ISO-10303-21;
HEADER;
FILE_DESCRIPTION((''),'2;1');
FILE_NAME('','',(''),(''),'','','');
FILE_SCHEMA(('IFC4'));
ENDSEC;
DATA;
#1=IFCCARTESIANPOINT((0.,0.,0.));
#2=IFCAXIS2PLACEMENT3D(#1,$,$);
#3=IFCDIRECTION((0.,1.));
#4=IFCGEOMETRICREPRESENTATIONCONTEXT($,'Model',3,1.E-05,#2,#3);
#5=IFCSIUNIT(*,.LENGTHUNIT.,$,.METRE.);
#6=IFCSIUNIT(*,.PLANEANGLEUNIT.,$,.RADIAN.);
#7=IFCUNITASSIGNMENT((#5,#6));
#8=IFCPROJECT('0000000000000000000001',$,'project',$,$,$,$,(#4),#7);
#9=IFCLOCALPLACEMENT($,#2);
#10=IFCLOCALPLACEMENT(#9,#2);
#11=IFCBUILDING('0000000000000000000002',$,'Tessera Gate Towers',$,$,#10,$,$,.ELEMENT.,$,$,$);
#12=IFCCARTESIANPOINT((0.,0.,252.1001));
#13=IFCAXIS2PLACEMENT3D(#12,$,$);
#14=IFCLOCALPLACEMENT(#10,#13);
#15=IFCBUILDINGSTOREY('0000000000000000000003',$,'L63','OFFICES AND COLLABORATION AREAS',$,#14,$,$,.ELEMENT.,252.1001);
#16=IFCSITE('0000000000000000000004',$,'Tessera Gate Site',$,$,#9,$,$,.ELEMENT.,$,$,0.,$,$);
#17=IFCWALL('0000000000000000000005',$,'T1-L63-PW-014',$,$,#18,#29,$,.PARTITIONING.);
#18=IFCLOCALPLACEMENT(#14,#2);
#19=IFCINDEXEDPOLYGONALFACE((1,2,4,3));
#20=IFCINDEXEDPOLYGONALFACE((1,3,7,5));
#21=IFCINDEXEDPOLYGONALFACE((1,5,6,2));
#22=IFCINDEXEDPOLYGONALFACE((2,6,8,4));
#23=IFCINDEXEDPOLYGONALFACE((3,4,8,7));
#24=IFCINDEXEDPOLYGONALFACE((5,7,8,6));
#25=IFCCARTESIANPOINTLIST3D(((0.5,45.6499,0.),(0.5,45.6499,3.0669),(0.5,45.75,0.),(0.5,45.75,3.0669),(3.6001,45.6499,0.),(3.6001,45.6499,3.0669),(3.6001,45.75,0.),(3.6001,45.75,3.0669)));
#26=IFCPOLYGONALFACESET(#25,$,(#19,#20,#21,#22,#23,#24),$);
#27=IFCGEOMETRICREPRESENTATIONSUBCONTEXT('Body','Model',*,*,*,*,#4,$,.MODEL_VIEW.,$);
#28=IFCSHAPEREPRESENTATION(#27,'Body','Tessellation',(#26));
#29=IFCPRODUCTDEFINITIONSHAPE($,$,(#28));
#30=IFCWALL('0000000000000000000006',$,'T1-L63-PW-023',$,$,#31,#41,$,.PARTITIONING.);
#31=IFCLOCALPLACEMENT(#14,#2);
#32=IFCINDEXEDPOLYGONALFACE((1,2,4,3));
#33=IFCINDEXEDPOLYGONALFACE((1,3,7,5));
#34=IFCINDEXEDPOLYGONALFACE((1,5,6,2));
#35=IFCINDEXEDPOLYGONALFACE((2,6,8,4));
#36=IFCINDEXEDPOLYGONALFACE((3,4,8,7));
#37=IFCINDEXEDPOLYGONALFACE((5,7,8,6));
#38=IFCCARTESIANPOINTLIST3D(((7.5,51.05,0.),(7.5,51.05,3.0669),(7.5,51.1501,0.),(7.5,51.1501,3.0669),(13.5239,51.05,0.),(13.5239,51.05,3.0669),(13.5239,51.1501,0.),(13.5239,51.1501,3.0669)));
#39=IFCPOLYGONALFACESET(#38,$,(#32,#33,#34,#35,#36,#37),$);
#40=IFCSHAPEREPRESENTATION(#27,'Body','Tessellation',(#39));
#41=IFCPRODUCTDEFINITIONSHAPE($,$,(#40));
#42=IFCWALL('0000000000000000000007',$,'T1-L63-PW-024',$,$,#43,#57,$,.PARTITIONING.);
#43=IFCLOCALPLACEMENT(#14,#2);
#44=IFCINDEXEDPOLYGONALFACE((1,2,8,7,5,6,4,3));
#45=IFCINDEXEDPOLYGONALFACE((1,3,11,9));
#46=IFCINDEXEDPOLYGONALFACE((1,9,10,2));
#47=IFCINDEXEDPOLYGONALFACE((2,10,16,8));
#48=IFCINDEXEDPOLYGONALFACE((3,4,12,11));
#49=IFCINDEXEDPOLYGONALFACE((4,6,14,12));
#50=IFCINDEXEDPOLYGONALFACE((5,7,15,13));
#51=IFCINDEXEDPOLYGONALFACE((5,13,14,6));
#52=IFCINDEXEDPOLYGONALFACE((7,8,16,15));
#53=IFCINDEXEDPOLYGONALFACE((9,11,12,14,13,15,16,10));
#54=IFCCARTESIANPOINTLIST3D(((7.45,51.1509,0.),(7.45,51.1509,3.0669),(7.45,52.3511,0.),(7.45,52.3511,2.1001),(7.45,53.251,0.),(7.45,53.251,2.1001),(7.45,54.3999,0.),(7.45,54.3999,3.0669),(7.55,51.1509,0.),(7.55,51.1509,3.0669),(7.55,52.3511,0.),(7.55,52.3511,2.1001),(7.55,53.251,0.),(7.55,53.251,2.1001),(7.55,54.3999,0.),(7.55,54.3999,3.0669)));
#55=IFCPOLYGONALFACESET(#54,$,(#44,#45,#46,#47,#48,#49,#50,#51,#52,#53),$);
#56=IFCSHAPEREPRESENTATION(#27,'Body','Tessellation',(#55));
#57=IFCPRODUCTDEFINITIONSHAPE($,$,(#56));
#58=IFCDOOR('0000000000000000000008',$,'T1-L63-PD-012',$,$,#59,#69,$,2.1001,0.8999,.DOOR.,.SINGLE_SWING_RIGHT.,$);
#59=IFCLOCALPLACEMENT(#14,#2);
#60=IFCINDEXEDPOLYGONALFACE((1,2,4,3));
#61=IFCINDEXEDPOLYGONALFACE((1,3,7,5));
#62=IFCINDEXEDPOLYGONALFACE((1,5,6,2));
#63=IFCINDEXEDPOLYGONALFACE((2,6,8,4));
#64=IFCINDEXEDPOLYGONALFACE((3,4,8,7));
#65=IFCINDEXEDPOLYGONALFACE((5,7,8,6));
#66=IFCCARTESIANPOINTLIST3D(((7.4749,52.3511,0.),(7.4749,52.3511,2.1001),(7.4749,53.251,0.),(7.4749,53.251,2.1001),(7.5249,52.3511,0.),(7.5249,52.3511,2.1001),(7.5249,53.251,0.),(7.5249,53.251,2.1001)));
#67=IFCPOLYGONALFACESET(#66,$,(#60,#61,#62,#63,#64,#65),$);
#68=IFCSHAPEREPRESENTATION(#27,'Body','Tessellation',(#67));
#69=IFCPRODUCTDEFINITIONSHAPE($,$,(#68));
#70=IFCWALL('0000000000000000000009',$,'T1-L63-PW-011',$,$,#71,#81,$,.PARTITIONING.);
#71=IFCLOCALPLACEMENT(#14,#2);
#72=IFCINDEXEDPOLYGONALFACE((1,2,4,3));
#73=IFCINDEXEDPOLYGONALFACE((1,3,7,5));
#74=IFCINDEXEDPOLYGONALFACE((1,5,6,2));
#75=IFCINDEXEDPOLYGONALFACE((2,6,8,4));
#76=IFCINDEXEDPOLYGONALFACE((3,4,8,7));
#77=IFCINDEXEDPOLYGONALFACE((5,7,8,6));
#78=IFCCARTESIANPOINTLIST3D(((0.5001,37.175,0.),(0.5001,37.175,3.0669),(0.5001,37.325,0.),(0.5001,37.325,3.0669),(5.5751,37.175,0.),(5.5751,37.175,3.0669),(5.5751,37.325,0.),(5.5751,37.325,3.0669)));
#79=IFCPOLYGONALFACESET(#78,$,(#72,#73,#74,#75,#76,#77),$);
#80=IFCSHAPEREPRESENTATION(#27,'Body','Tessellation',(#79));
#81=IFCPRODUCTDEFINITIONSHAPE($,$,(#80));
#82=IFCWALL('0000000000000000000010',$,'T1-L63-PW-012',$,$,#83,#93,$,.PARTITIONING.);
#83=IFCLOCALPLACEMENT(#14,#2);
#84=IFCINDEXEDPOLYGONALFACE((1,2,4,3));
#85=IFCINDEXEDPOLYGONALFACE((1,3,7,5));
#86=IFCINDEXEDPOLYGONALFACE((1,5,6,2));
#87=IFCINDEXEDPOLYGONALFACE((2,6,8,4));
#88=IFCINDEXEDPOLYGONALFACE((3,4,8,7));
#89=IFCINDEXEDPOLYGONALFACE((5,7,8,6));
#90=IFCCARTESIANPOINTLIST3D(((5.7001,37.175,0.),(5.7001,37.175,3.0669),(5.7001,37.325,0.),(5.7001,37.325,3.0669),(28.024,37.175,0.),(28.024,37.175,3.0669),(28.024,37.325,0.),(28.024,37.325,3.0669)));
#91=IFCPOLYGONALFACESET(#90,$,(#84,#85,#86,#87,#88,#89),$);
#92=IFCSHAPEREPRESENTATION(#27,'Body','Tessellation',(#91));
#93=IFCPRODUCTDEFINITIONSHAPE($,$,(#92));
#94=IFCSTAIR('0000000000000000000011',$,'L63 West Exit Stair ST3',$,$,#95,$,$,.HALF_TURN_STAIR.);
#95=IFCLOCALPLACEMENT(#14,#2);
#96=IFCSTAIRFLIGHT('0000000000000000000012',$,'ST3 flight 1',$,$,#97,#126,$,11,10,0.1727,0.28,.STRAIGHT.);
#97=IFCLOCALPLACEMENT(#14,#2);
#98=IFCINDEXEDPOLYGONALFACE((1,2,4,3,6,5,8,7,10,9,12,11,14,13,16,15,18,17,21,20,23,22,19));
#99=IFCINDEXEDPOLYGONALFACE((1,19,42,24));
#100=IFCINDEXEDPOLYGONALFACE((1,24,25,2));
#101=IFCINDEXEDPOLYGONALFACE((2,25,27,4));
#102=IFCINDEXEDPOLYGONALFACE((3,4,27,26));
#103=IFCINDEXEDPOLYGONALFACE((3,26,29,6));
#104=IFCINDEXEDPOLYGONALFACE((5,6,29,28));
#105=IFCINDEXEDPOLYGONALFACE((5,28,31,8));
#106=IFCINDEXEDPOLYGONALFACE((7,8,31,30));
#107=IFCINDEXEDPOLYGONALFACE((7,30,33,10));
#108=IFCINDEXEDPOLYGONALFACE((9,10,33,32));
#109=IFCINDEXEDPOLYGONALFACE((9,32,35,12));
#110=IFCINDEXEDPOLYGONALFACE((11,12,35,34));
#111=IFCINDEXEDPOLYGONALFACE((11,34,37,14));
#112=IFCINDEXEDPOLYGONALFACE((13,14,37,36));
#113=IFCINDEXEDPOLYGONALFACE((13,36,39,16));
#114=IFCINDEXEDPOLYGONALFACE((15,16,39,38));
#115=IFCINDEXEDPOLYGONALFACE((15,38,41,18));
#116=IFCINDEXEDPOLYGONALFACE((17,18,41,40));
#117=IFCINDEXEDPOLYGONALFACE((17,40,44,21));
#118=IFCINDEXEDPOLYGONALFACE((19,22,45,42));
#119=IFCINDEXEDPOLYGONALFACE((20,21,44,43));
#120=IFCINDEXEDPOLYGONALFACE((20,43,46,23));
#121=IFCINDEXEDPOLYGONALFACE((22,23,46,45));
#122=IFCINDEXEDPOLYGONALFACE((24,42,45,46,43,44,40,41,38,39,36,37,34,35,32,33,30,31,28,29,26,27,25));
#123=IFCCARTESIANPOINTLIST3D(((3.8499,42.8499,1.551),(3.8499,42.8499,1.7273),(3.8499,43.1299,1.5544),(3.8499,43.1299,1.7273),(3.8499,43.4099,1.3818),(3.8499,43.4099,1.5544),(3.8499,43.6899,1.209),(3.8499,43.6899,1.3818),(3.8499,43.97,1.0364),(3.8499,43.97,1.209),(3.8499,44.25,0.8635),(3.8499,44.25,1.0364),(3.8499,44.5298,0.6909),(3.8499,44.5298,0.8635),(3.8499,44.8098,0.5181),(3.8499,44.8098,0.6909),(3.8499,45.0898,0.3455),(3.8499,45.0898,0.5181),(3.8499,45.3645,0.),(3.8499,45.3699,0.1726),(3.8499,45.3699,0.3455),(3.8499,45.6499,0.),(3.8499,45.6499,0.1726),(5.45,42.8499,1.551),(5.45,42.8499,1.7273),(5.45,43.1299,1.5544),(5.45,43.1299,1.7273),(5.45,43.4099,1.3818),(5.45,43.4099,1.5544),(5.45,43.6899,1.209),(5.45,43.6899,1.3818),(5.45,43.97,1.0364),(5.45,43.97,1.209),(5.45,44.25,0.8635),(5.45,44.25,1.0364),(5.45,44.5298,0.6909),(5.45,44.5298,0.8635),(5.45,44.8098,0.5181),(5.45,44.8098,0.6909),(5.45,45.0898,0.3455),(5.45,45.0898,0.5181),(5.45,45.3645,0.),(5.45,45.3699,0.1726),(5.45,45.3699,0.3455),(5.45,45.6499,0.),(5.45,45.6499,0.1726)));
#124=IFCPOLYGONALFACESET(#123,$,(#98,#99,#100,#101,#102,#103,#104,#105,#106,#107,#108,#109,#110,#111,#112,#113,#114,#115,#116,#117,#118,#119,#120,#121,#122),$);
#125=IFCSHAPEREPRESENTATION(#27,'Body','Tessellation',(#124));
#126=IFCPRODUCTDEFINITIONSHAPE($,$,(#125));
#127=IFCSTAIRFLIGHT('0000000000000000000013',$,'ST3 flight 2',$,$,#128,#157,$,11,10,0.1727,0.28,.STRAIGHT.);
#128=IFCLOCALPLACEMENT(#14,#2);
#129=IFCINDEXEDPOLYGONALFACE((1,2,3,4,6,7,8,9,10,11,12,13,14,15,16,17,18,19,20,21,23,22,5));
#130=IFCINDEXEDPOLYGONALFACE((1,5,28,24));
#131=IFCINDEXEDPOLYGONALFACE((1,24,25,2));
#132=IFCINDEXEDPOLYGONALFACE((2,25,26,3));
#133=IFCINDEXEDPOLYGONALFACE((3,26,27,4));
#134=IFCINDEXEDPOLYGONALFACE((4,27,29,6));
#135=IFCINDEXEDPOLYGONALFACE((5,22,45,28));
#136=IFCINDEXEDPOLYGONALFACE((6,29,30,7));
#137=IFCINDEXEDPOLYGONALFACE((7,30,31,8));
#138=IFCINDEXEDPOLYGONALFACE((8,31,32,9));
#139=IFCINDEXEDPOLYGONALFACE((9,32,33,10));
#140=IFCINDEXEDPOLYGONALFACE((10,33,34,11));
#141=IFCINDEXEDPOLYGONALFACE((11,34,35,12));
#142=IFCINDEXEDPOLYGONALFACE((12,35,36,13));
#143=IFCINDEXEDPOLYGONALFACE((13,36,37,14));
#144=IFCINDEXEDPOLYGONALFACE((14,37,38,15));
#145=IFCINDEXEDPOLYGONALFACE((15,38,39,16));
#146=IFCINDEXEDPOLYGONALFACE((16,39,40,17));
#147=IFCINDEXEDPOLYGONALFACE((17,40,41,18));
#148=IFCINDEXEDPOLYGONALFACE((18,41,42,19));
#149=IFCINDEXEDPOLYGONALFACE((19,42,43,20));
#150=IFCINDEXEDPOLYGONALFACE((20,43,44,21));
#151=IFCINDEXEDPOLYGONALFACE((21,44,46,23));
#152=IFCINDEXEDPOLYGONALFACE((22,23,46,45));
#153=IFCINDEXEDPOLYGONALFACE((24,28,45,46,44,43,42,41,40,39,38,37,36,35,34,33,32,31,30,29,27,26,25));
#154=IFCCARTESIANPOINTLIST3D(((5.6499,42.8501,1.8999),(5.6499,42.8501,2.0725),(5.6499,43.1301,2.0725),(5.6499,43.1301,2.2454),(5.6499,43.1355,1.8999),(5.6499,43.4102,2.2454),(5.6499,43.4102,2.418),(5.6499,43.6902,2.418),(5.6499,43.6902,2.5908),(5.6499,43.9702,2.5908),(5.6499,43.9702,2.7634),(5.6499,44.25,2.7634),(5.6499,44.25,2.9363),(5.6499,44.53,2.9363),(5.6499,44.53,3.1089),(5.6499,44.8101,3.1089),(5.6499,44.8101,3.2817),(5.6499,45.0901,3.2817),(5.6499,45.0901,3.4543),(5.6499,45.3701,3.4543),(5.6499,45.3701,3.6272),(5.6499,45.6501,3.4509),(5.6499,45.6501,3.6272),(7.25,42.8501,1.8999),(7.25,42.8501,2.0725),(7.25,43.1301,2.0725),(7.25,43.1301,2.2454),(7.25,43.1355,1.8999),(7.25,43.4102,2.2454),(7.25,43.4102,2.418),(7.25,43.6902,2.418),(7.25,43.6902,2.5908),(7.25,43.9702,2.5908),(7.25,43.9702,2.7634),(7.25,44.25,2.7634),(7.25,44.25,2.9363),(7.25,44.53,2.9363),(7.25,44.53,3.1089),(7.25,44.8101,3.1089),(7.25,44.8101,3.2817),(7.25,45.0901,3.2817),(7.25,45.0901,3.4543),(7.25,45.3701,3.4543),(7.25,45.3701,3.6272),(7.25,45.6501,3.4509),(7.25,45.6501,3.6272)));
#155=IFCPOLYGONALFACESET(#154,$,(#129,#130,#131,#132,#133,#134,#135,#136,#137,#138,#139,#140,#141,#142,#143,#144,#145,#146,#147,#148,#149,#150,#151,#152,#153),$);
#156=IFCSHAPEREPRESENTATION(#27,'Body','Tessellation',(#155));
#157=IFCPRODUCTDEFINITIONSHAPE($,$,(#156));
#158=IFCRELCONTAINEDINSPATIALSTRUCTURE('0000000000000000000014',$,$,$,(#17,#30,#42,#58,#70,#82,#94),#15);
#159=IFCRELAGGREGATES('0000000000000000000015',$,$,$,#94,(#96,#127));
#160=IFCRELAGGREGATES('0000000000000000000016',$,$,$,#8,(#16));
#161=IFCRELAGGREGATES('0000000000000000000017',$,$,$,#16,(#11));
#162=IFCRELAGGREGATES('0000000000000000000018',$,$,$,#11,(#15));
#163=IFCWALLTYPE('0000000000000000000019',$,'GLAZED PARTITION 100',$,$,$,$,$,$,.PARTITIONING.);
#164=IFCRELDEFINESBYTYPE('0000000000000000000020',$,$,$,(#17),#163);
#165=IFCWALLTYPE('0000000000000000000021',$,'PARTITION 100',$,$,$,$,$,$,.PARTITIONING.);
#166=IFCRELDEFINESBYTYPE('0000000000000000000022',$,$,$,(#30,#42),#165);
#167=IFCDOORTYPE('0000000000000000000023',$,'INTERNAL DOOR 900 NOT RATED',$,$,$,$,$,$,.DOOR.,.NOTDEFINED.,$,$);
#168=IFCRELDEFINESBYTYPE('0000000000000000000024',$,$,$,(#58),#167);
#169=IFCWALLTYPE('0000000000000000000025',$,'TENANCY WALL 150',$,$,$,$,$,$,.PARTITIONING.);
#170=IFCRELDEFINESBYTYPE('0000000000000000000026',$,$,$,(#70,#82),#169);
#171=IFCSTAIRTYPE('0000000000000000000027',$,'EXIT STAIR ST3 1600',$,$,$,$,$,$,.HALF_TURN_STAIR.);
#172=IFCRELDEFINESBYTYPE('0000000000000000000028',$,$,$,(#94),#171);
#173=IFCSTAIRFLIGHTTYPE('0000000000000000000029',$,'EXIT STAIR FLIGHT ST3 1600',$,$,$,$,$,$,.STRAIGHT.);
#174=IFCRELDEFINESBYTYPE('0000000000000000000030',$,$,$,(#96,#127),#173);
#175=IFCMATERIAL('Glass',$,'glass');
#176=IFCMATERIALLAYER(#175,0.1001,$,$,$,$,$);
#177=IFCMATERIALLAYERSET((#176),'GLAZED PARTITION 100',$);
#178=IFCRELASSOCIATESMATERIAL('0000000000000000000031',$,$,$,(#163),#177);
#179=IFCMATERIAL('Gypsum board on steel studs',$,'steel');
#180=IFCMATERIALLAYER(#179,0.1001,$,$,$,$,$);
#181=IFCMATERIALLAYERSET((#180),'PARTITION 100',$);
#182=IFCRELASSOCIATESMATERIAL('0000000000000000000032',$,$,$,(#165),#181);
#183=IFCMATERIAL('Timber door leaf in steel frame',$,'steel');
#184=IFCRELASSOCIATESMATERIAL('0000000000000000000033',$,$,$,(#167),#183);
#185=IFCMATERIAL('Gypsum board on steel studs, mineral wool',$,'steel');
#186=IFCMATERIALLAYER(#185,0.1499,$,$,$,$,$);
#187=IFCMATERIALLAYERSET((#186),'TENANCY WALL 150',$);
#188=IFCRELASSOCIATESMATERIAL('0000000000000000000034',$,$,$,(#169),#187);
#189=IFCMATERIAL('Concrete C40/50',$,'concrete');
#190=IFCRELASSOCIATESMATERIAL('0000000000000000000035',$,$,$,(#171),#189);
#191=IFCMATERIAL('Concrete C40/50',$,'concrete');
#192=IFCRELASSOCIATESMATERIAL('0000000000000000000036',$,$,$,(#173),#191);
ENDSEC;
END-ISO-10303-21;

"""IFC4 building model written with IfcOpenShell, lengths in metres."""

from ifc_helpers import new_model, si_unit, direction, frame, frame_2d, origin, place, context, subcontext, project, spatial, polyline, rectangle, outline, extrude, source, transform, mapped, material, layer, layer_set, type_object, element, fill, aggregate, save


model = new_model("IFC4")

# Units and contexts
model_context = context("Model", 3, precision=1e-05, world=origin(), true_north=direction((0.0, 1.0)))
body_context = subcontext(model_context, "Body", "Model", "MODEL_VIEW")
ifc_project = project(units=[si_unit("LENGTHUNIT", "METRE"), si_unit("PLANEANGLEUNIT", "RADIAN")], contexts=[model_context])

# Site, building, storey
site_placement = place(None, origin())
site = spatial("IfcSite", under=ifc_project, at=site_placement, Name="Tessera Gate Site", CompositionType="ELEMENT", RefElevation=0.0)
building_placement = place(site_placement, origin())
building = spatial("IfcBuilding", under=site, at=building_placement, Name="Tessera Gate Towers", CompositionType="ELEMENT")
storey_placement = place(building_placement, frame((0.0, 0.0, 252.1001)))
storey = spatial("IfcBuildingStorey", under=building, at=storey_placement, Name="L63", Description="OFFICES AND COLLABORATION AREAS", CompositionType="ELEMENT", Elevation=252.1001)

# Shared definitions
shared_shape_1 = source(origin(), body_context, "Body", "SweptSolid", [
    extrude(rectangle(XDim=0.8999, YDim=2.1001, at=frame_2d((0.45, 1.05))), frame((0.0, 0.0249, 0.0), z_axis=(0.0, -1.0, 0.0), x_axis=(1.0, 0.0, 0.0)), (0.0, 0.0, 1.0), 0.05),
])

# Shared definitions
ifc_material_1 = material(Name="Glass", Category="glass")
ifc_layer_1 = layer(ifc_material_1, 0.1001)
ifc_layer_set_1 = layer_set([ifc_layer_1], Name="GLAZED PARTITION 100")
wall_type_1 = type_object("IfcWallType", Name="GLAZED PARTITION 100", PredefinedType="PARTITIONING", material=ifc_layer_set_1)
shared_shape_2 = source(origin(), body_context, "Body", "SweptSolid", [
    extrude(rectangle(XDim=0.8999, YDim=2.1001, at=frame_2d((0.45, 1.05))), frame((0.0, 0.0601, 0.0), z_axis=(0.0, -1.0, 0.0), x_axis=(1.0, 0.0, 0.0)), (0.0, 0.0, 1.0), 0.1201),
])

# Walls
wall_1_placement = place(storey_placement, frame((0.5, 45.7, 0.0), z_axis=(0.0, 0.0, 1.0), x_axis=(1.0, 0.0, 0.0)))
element("IfcWall", 1, at=wall_1_placement, inside=storey, type_object=wall_type_1, Name="T1-L63-PW-014", PredefinedType="PARTITIONING", context=body_context, shape_type="SweptSolid", body=[
    extrude(rectangle(XDim=3.1001, YDim=0.1001, at=frame_2d((1.55, 0.0))), origin(), (0.0, 0.0, 1.0), 3.0669),
])
ifc_material_2 = material(Name="Gypsum board on steel studs", Category="steel")
ifc_layer_2 = layer(ifc_material_2, 0.1001)
ifc_layer_set_2 = layer_set([ifc_layer_2], Name="PARTITION 100")
wall_type_2 = type_object("IfcWallType", Name="PARTITION 100", PredefinedType="PARTITIONING", material=ifc_layer_set_2)
wall_2_placement = place(storey_placement, frame((7.5, 51.1001, 0.0), z_axis=(0.0, 0.0, 1.0), x_axis=(1.0, 0.0, 0.0)))
element("IfcWall", 2, at=wall_2_placement, inside=storey, type_object=wall_type_2, Name="T1-L63-PW-023", PredefinedType="PARTITIONING", context=body_context, shape_type="SweptSolid", body=[
    extrude(rectangle(XDim=6.0239, YDim=0.1001, at=frame_2d((3.012, 0.0))), origin(), (0.0, 0.0, 1.0), 3.0669),
])

# Wall, opening, door
wall_3_placement = place(storey_placement, frame((7.5, 54.3999, 0.0), z_axis=(0.0, 0.0, 1.0), x_axis=(0.0, -1.0, 0.0)))
wall_3 = element("IfcWall", 3, at=wall_3_placement, inside=storey, type_object=wall_type_2, Name="T1-L63-PW-024", PredefinedType="PARTITIONING", context=body_context, shape_type="SweptSolid", body=[
    extrude(rectangle(XDim=3.249, YDim=0.1001, at=frame_2d((1.6245, 0.0))), origin(), (0.0, 0.0, 1.0), 3.0669),
])
opening_1_placement = place(wall_3_placement, frame((1.1489, 0.0, 0.0)))
opening_1 = element("IfcOpeningElement", 4, at=opening_1_placement, cuts=wall_3, PredefinedType="OPENING", context=body_context, shape_type="MappedRepresentation", body=[
    mapped(shared_shape_2, transform((0.0, 0.0, 0.0), scale=1.0)),
])
ifc_material_3 = material(Name="Timber door leaf in steel frame", Category="steel")
door_type_1 = type_object("IfcDoorType", Name="INTERNAL DOOR 900 NOT RATED", OperationType="NOTDEFINED", PredefinedType="DOOR", material=ifc_material_3)
door_1_placement = place(opening_1_placement, origin())
door_1 = element("IfcDoor", 5, at=door_1_placement, inside=storey, type_object=door_type_1, Name="T1-L63-PD-012", OperationType="SINGLE_SWING_RIGHT", OverallHeight=2.1001, OverallWidth=0.8999, PredefinedType="DOOR", context=body_context, shape_type="MappedRepresentation", body=[
    mapped(shared_shape_1, transform((0.0, 0.0, 0.0), scale=1.0)),
])
fill(opening_1, door_1)

# Walls
ifc_material_4 = material(Name="Gypsum board on steel studs, mineral wool", Category="steel")
ifc_layer_3 = layer(ifc_material_4, 0.1499)
ifc_layer_set_3 = layer_set([ifc_layer_3], Name="TENANCY WALL 150")
wall_type_3 = type_object("IfcWallType", Name="TENANCY WALL 150", PredefinedType="PARTITIONING", material=ifc_layer_set_3)
wall_4_placement = place(storey_placement, frame((0.5, 37.25, 0.0), z_axis=(0.0, 0.0, 1.0), x_axis=(1.0, 0.0, 0.0)))
element("IfcWall", 6, at=wall_4_placement, inside=storey, type_object=wall_type_3, Name="T1-L63-PW-011", PredefinedType="PARTITIONING", context=body_context, shape_type="SweptSolid", body=[
    extrude(rectangle(XDim=5.075, YDim=0.1499, at=frame_2d((2.5376, 0.0))), origin(), (0.0, 0.0, 1.0), 3.0669),
])
wall_5_placement = place(storey_placement, frame((5.7, 37.25, 0.0), z_axis=(0.0, 0.0, 1.0), x_axis=(1.0, 0.0, 0.0)))
element("IfcWall", 7, at=wall_5_placement, inside=storey, type_object=wall_type_3, Name="T1-L63-PW-012", PredefinedType="PARTITIONING", context=body_context, shape_type="SweptSolid", body=[
    extrude(rectangle(XDim=22.324, YDim=0.1499, at=frame_2d((11.1621, 0.0))), origin(), (0.0, 0.0, 1.0), 3.0669),
])

# Stair, stair flights
ifc_material_5 = material(Name="Concrete C40/50", Category="concrete")
stair_type = type_object("IfcStairType", Name="EXIT STAIR ST3 1600", PredefinedType="HALF_TURN_STAIR", material=ifc_material_5)
stair_placement = place(storey_placement, origin())
stair = element("IfcStair", 8, at=stair_placement, inside=storey, type_object=stair_type, Name="L63 West Exit Stair ST3", PredefinedType="HALF_TURN_STAIR")
ifc_material_6 = material(Name="Concrete C40/50", Category="concrete")
stair_flight_type = type_object("IfcStairFlightType", Name="EXIT STAIR FLIGHT ST3 1600", PredefinedType="STRAIGHT", material=ifc_material_6)
stair_flight_1_placement = place(storey_placement, frame((4.6499, 45.6499, 0.0), z_axis=(0.0, 0.0, 1.0), x_axis=(0.0, -1.0, 0.0)))
stair_flight_1 = element("IfcStairFlight", 9, at=stair_flight_1_placement, type_object=stair_flight_type, Name="ST3 flight 1", NumberOfRisers=11, NumberOfTreads=10, PredefinedType="STRAIGHT", RiserHeight=0.1727, TreadLength=0.28, context=body_context, shape_type="SweptSolid", body=[
    extrude(outline(polyline([(0.0, 0.0), (0.0, 0.1726), (0.28, 0.1726), (0.28, 0.3455), (0.5601, 0.3455), (0.5601, 0.5181), (0.8401, 0.5181), (0.8401, 0.6909), (1.1201, 0.6909), (1.1201, 0.8635), (1.3999, 0.8635), (1.3999, 1.0364), (1.6799, 1.0364), (1.6799, 1.209), (1.96, 1.209), (1.96, 1.3818), (2.24, 1.3818), (2.24, 1.5544), (2.52, 1.5544), (2.52, 1.7273), (2.8, 1.7273), (2.8, 1.8999), (2.8, 1.551), (0.2854, 0.0), (0.0, 0.0)])), frame((0.0, 0.8, 0.0), z_axis=(0.0, -1.0, 0.0), x_axis=(1.0, 0.0, 0.0)), (0.0, 0.0, 1.0), 1.6001),
])
stair_flight_2_placement = place(storey_placement, frame((6.45, 42.8501, 1.8999), z_axis=(0.0, 0.0, 1.0), x_axis=(0.0, 1.0, 0.0)))
stair_flight_2 = element("IfcStairFlight", 10, at=stair_flight_2_placement, type_object=stair_flight_type, Name="ST3 flight 2", NumberOfRisers=11, NumberOfTreads=10, PredefinedType="STRAIGHT", RiserHeight=0.1727, TreadLength=0.28, context=body_context, shape_type="SweptSolid", body=[
    extrude(outline(polyline([(0.0, 0.0), (0.0, 0.1726), (0.28, 0.1726), (0.28, 0.3455), (0.5601, 0.3455), (0.5601, 0.5181), (0.8401, 0.5181), (0.8401, 0.6909), (1.1201, 0.6909), (1.1201, 0.8635), (1.3999, 0.8635), (1.3999, 1.0364), (1.6799, 1.0364), (1.6799, 1.209), (1.96, 1.209), (1.96, 1.3818), (2.24, 1.3818), (2.24, 1.5544), (2.52, 1.5544), (2.52, 1.7273), (2.8, 1.7273), (2.8, 1.8999), (2.8, 1.551), (0.2854, 0.0), (0.0, 0.0)])), frame((0.0, 0.8, 0.0), z_axis=(0.0, -1.0, 0.0), x_axis=(1.0, 0.0, 0.0)), (0.0, 0.0, 1.0), 1.6001),
])
aggregate(stair, [stair_flight_1, stair_flight_2])

save(model, "model.ifc")
